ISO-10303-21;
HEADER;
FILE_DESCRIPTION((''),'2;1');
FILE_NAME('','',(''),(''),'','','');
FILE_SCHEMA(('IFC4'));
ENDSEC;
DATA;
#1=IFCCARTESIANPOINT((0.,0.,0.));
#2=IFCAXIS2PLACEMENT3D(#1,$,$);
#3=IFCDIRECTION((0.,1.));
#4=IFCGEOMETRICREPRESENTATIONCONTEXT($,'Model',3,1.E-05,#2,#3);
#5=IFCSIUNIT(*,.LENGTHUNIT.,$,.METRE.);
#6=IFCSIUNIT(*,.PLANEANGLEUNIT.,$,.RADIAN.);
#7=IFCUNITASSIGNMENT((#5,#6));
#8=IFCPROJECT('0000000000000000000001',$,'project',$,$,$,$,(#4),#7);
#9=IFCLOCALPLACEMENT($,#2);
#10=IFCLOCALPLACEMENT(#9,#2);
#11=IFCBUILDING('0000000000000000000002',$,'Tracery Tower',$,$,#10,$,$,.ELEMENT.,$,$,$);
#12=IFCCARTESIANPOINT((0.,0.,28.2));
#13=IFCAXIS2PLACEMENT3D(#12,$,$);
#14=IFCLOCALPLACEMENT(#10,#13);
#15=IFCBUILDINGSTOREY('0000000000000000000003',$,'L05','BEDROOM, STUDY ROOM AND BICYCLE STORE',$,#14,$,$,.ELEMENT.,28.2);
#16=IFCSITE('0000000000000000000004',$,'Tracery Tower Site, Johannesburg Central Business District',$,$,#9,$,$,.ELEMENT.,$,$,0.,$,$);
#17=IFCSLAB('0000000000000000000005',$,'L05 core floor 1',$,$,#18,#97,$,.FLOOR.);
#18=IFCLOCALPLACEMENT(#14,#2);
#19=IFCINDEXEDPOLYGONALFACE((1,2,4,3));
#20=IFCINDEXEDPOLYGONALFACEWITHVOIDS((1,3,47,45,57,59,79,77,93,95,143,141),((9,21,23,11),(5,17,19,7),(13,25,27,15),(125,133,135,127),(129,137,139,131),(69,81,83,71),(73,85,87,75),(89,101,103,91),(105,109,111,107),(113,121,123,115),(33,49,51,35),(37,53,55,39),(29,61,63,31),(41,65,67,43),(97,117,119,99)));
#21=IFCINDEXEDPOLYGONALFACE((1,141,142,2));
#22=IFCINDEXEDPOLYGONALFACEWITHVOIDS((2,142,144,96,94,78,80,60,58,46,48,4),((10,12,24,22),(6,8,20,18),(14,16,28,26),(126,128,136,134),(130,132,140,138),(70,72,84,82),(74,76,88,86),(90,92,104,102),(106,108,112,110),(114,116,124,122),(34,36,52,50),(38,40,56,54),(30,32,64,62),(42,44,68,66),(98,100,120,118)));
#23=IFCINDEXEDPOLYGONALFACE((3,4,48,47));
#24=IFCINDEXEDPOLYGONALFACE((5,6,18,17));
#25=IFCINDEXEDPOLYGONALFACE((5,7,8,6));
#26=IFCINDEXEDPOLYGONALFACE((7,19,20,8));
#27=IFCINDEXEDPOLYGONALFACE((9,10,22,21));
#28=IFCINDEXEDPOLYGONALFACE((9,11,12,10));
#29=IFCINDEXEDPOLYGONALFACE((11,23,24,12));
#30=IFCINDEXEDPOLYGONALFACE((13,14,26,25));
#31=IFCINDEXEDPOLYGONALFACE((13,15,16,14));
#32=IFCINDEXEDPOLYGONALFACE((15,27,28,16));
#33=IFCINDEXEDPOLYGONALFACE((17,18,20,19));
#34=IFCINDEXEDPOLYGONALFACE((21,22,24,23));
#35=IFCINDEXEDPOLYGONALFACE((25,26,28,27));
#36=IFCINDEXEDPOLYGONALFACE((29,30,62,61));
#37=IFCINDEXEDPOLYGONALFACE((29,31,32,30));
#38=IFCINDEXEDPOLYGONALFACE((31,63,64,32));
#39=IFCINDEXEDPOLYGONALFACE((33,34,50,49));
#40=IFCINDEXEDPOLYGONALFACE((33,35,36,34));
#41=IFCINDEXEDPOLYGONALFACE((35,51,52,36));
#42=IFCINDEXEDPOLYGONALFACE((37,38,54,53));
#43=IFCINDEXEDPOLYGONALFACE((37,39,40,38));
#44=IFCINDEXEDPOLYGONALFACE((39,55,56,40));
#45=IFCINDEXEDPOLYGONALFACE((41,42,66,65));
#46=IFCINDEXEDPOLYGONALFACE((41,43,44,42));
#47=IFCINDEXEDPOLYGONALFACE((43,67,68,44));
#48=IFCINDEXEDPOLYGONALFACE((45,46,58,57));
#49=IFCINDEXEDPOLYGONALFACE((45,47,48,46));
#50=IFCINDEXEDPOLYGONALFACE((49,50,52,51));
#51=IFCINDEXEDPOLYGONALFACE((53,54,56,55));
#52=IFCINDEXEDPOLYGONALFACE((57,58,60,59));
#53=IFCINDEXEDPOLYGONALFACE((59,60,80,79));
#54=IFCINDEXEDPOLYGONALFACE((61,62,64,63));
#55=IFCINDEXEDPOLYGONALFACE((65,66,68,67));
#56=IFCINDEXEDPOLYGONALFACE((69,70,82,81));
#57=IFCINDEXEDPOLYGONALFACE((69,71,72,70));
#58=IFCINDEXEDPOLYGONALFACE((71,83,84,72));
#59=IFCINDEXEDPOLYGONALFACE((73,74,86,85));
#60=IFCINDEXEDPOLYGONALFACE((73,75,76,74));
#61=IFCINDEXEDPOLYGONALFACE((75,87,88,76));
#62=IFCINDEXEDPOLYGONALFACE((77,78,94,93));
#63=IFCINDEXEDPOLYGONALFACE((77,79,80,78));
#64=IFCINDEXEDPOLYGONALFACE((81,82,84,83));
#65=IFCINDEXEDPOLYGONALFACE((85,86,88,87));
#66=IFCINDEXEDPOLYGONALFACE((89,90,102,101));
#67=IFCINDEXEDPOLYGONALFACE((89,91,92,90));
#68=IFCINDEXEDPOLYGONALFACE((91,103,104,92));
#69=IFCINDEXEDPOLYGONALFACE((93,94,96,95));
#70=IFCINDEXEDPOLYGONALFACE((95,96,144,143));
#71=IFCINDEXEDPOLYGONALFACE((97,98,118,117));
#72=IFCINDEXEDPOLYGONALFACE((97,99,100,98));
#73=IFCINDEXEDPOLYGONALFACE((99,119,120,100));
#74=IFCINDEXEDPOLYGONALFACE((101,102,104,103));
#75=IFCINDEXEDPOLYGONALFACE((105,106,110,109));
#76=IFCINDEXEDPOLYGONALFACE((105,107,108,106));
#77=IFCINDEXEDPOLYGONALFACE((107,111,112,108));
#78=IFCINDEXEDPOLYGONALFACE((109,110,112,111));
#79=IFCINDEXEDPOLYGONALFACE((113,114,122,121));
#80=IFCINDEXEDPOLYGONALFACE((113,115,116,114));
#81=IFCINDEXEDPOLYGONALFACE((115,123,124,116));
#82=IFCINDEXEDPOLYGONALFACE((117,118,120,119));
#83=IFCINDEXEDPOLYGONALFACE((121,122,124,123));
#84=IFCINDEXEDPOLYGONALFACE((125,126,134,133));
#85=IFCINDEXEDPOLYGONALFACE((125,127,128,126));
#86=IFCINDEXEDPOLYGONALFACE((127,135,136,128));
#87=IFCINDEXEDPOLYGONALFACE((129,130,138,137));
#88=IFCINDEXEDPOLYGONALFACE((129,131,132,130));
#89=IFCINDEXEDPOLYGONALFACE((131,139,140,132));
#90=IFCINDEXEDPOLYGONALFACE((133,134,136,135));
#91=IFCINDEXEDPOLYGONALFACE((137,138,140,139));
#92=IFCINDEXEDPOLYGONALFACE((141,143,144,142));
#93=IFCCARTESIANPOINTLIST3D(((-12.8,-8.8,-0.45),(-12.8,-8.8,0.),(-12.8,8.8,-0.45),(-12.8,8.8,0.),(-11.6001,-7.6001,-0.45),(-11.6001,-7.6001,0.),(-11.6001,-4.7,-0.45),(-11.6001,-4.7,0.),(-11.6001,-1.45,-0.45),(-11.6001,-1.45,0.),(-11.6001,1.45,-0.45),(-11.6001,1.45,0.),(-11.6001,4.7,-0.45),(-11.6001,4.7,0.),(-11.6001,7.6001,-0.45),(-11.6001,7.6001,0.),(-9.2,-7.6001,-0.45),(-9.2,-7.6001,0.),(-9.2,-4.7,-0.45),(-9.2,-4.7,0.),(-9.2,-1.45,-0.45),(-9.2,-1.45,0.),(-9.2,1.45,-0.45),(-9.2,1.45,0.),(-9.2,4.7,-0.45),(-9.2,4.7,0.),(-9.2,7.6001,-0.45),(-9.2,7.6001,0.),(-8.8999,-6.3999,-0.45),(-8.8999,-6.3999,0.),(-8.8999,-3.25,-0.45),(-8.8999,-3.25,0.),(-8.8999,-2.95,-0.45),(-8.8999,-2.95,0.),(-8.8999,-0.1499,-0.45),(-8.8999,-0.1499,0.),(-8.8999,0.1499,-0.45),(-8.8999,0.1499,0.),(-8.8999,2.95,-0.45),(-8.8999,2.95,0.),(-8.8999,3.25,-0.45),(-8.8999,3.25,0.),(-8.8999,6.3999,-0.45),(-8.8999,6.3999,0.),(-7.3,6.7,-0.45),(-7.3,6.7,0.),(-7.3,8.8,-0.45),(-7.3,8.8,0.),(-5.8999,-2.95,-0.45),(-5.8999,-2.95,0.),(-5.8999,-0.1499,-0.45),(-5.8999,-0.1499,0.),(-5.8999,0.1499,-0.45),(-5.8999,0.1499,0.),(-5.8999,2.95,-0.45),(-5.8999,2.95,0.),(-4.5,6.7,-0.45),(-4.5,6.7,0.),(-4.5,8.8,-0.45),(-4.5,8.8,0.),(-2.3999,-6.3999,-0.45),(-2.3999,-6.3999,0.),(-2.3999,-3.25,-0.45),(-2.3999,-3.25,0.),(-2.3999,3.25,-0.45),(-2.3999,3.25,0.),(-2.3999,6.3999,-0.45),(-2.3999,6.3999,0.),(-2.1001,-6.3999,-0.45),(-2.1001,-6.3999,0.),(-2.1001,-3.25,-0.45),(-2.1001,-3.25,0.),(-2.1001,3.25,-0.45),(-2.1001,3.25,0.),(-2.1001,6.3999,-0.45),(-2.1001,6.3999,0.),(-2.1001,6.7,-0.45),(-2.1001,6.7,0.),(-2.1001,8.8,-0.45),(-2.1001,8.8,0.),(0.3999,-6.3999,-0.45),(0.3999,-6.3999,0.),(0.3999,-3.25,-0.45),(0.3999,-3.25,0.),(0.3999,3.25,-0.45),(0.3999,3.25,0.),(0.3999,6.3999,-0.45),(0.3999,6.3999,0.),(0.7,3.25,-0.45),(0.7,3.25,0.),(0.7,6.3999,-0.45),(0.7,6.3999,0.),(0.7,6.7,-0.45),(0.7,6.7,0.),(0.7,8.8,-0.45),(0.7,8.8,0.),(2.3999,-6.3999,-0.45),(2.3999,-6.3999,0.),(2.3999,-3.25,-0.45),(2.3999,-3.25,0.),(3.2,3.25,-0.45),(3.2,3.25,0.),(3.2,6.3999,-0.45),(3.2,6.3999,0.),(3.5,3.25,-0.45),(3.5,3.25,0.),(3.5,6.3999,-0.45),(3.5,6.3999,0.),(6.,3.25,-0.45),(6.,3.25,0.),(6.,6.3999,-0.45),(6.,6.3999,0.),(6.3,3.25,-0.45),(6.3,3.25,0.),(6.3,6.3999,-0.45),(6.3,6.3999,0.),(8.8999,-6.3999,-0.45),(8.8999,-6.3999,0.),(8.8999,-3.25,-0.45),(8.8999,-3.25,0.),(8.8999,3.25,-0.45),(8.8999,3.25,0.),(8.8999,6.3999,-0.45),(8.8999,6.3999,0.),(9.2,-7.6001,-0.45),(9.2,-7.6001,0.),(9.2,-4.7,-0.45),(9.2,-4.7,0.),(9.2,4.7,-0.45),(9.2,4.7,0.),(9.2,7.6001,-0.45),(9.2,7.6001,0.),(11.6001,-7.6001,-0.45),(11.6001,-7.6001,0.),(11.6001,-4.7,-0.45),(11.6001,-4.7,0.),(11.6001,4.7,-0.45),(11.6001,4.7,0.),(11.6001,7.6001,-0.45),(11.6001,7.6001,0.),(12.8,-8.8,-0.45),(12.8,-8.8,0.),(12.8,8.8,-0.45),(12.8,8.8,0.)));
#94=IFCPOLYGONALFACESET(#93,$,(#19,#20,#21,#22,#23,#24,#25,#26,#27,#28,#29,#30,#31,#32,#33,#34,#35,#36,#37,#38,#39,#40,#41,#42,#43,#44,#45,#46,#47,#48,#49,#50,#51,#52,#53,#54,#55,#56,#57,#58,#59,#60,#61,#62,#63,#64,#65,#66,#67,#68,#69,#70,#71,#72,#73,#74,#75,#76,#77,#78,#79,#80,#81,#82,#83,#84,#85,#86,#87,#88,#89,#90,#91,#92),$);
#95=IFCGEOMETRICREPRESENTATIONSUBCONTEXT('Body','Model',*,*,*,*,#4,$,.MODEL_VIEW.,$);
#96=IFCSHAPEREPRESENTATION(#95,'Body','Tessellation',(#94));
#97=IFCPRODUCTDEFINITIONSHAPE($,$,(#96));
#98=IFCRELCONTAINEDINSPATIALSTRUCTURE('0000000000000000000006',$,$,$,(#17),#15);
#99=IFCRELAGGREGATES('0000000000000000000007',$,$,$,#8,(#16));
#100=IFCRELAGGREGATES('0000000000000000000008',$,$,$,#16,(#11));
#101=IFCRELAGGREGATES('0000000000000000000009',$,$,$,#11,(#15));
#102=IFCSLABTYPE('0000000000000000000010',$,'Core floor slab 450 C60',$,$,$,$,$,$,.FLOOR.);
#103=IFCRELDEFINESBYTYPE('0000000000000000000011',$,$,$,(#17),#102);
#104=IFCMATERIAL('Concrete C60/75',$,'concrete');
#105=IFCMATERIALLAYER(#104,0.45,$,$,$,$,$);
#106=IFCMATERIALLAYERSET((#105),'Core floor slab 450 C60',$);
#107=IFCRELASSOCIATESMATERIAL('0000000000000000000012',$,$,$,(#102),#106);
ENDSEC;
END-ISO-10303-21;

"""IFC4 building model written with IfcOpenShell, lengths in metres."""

from ifc_helpers import new_model, si_unit, direction, frame, origin, place, context, subcontext, project, spatial, polyline, outline, extrude, material, layer, layer_set, type_object, element, save


model = new_model("IFC4")

# Units and contexts
model_context = context("Model", 3, precision=1e-05, world=origin(), true_north=direction((0.0, 1.0)))
body_context = subcontext(model_context, "Body", "Model", "MODEL_VIEW")
ifc_project = project(units=[si_unit("LENGTHUNIT", "METRE"), si_unit("PLANEANGLEUNIT", "RADIAN")], contexts=[model_context])

# Site, building, storey
site_placement = place(None, origin())
site = spatial("IfcSite", under=ifc_project, at=site_placement, Name="Tracery Tower Site, Johannesburg Central Business District", CompositionType="ELEMENT", RefElevation=0.0)
building_placement = place(site_placement, origin())
building = spatial("IfcBuilding", under=site, at=building_placement, Name="Tracery Tower", CompositionType="ELEMENT")
storey_placement = place(building_placement, frame((0.0, 0.0, 28.2)))
storey = spatial("IfcBuildingStorey", under=building, at=storey_placement, Name="L05", Description="BEDROOM, STUDY ROOM AND BICYCLE STORE", CompositionType="ELEMENT", Elevation=28.2)

# Slab
ifc_material_1 = material(Name="Concrete C60/75", Category="concrete")
ifc_layer_1 = layer(ifc_material_1, 0.45)
ifc_layer_set_1 = layer_set([ifc_layer_1], Name="Core floor slab 450 C60")
slab_type_1 = type_object("IfcSlabType", Name="Core floor slab 450 C60", PredefinedType="FLOOR", material=ifc_layer_set_1)
slab_1_placement = place(storey_placement, frame((0.0, 0.0, -0.45)))
element("IfcSlab", 1, at=slab_1_placement, inside=storey, type_object=slab_type_1, Name="L05 core floor 1", PredefinedType="FLOOR", context=body_context, shape_type="SweptSolid", body=[
    extrude(outline(polyline([(-12.8, 8.8), (-7.3, 8.8), (-7.3, 6.7), (-4.5, 6.7), (-4.5, 8.8), (-2.1001, 8.8), (-2.1001, 6.7), (0.7, 6.7), (0.7, 8.8), (12.8, 8.8), (12.8, -8.8), (-12.8, -8.8), (-12.8, 8.8)]), holes=[polyline([(11.6001, -7.6001), (11.6001, -4.7), (9.2, -4.7), (9.2, -7.6001), (11.6001, -7.6001)]), polyline([(11.6001, 4.7), (11.6001, 7.6001), (9.2, 7.6001), (9.2, 4.7), (11.6001, 4.7)]), polyline([(2.3999, -6.3999), (8.8999, -6.3999), (8.8999, -3.25), (2.3999, -3.25), (2.3999, -6.3999)]), polyline([(6.3, 3.25), (8.8999, 3.25), (8.8999, 6.3999), (6.3, 6.3999), (6.3, 3.25)]), polyline([(3.5, 3.25), (6.0, 3.25), (6.0, 6.3999), (3.5, 6.3999), (3.5, 3.25)]), polyline([(3.2, 3.25), (3.2, 6.3999), (0.7, 6.3999), (0.7, 3.25), (3.2, 3.25)]), polyline([(-2.1001, 3.25), (0.3999, 3.25), (0.3999, 6.3999), (-2.1001, 6.3999), (-2.1001, 3.25)]), polyline([(0.3999, -6.3999), (0.3999, -3.25), (-2.1001, -3.25), (-2.1001, -6.3999), (0.3999, -6.3999)]), polyline([(-2.3999, -6.3999), (-2.3999, -3.25), (-8.8999, -3.25), (-8.8999, -6.3999), (-2.3999, -6.3999)]), polyline([(-2.3999, 3.25), (-2.3999, 6.3999), (-8.8999, 6.3999), (-8.8999, 3.25), (-2.3999, 3.25)]), polyline([(-8.8999, -2.95), (-5.8999, -2.95), (-5.8999, -0.1499), (-8.8999, -0.1499), (-8.8999, -2.95)]), polyline([(-5.8999, 0.1499), (-5.8999, 2.95), (-8.8999, 2.95), (-8.8999, 0.1499), (-5.8999, 0.1499)]), polyline([(-11.6001, 4.7), (-9.2, 4.7), (-9.2, 7.6001), (-11.6001, 7.6001), (-11.6001, 4.7)]), polyline([(-9.2, -7.6001), (-9.2, -4.7), (-11.6001, -4.7), (-11.6001, -7.6001), (-9.2, -7.6001)]), polyline([(-9.2, -1.45), (-9.2, 1.45), (-11.6001, 1.45), (-11.6001, -1.45), (-9.2, -1.45)])]), origin(), (0.0, 0.0, 1.0), 0.45),
])

save(model, "model.ifc")
